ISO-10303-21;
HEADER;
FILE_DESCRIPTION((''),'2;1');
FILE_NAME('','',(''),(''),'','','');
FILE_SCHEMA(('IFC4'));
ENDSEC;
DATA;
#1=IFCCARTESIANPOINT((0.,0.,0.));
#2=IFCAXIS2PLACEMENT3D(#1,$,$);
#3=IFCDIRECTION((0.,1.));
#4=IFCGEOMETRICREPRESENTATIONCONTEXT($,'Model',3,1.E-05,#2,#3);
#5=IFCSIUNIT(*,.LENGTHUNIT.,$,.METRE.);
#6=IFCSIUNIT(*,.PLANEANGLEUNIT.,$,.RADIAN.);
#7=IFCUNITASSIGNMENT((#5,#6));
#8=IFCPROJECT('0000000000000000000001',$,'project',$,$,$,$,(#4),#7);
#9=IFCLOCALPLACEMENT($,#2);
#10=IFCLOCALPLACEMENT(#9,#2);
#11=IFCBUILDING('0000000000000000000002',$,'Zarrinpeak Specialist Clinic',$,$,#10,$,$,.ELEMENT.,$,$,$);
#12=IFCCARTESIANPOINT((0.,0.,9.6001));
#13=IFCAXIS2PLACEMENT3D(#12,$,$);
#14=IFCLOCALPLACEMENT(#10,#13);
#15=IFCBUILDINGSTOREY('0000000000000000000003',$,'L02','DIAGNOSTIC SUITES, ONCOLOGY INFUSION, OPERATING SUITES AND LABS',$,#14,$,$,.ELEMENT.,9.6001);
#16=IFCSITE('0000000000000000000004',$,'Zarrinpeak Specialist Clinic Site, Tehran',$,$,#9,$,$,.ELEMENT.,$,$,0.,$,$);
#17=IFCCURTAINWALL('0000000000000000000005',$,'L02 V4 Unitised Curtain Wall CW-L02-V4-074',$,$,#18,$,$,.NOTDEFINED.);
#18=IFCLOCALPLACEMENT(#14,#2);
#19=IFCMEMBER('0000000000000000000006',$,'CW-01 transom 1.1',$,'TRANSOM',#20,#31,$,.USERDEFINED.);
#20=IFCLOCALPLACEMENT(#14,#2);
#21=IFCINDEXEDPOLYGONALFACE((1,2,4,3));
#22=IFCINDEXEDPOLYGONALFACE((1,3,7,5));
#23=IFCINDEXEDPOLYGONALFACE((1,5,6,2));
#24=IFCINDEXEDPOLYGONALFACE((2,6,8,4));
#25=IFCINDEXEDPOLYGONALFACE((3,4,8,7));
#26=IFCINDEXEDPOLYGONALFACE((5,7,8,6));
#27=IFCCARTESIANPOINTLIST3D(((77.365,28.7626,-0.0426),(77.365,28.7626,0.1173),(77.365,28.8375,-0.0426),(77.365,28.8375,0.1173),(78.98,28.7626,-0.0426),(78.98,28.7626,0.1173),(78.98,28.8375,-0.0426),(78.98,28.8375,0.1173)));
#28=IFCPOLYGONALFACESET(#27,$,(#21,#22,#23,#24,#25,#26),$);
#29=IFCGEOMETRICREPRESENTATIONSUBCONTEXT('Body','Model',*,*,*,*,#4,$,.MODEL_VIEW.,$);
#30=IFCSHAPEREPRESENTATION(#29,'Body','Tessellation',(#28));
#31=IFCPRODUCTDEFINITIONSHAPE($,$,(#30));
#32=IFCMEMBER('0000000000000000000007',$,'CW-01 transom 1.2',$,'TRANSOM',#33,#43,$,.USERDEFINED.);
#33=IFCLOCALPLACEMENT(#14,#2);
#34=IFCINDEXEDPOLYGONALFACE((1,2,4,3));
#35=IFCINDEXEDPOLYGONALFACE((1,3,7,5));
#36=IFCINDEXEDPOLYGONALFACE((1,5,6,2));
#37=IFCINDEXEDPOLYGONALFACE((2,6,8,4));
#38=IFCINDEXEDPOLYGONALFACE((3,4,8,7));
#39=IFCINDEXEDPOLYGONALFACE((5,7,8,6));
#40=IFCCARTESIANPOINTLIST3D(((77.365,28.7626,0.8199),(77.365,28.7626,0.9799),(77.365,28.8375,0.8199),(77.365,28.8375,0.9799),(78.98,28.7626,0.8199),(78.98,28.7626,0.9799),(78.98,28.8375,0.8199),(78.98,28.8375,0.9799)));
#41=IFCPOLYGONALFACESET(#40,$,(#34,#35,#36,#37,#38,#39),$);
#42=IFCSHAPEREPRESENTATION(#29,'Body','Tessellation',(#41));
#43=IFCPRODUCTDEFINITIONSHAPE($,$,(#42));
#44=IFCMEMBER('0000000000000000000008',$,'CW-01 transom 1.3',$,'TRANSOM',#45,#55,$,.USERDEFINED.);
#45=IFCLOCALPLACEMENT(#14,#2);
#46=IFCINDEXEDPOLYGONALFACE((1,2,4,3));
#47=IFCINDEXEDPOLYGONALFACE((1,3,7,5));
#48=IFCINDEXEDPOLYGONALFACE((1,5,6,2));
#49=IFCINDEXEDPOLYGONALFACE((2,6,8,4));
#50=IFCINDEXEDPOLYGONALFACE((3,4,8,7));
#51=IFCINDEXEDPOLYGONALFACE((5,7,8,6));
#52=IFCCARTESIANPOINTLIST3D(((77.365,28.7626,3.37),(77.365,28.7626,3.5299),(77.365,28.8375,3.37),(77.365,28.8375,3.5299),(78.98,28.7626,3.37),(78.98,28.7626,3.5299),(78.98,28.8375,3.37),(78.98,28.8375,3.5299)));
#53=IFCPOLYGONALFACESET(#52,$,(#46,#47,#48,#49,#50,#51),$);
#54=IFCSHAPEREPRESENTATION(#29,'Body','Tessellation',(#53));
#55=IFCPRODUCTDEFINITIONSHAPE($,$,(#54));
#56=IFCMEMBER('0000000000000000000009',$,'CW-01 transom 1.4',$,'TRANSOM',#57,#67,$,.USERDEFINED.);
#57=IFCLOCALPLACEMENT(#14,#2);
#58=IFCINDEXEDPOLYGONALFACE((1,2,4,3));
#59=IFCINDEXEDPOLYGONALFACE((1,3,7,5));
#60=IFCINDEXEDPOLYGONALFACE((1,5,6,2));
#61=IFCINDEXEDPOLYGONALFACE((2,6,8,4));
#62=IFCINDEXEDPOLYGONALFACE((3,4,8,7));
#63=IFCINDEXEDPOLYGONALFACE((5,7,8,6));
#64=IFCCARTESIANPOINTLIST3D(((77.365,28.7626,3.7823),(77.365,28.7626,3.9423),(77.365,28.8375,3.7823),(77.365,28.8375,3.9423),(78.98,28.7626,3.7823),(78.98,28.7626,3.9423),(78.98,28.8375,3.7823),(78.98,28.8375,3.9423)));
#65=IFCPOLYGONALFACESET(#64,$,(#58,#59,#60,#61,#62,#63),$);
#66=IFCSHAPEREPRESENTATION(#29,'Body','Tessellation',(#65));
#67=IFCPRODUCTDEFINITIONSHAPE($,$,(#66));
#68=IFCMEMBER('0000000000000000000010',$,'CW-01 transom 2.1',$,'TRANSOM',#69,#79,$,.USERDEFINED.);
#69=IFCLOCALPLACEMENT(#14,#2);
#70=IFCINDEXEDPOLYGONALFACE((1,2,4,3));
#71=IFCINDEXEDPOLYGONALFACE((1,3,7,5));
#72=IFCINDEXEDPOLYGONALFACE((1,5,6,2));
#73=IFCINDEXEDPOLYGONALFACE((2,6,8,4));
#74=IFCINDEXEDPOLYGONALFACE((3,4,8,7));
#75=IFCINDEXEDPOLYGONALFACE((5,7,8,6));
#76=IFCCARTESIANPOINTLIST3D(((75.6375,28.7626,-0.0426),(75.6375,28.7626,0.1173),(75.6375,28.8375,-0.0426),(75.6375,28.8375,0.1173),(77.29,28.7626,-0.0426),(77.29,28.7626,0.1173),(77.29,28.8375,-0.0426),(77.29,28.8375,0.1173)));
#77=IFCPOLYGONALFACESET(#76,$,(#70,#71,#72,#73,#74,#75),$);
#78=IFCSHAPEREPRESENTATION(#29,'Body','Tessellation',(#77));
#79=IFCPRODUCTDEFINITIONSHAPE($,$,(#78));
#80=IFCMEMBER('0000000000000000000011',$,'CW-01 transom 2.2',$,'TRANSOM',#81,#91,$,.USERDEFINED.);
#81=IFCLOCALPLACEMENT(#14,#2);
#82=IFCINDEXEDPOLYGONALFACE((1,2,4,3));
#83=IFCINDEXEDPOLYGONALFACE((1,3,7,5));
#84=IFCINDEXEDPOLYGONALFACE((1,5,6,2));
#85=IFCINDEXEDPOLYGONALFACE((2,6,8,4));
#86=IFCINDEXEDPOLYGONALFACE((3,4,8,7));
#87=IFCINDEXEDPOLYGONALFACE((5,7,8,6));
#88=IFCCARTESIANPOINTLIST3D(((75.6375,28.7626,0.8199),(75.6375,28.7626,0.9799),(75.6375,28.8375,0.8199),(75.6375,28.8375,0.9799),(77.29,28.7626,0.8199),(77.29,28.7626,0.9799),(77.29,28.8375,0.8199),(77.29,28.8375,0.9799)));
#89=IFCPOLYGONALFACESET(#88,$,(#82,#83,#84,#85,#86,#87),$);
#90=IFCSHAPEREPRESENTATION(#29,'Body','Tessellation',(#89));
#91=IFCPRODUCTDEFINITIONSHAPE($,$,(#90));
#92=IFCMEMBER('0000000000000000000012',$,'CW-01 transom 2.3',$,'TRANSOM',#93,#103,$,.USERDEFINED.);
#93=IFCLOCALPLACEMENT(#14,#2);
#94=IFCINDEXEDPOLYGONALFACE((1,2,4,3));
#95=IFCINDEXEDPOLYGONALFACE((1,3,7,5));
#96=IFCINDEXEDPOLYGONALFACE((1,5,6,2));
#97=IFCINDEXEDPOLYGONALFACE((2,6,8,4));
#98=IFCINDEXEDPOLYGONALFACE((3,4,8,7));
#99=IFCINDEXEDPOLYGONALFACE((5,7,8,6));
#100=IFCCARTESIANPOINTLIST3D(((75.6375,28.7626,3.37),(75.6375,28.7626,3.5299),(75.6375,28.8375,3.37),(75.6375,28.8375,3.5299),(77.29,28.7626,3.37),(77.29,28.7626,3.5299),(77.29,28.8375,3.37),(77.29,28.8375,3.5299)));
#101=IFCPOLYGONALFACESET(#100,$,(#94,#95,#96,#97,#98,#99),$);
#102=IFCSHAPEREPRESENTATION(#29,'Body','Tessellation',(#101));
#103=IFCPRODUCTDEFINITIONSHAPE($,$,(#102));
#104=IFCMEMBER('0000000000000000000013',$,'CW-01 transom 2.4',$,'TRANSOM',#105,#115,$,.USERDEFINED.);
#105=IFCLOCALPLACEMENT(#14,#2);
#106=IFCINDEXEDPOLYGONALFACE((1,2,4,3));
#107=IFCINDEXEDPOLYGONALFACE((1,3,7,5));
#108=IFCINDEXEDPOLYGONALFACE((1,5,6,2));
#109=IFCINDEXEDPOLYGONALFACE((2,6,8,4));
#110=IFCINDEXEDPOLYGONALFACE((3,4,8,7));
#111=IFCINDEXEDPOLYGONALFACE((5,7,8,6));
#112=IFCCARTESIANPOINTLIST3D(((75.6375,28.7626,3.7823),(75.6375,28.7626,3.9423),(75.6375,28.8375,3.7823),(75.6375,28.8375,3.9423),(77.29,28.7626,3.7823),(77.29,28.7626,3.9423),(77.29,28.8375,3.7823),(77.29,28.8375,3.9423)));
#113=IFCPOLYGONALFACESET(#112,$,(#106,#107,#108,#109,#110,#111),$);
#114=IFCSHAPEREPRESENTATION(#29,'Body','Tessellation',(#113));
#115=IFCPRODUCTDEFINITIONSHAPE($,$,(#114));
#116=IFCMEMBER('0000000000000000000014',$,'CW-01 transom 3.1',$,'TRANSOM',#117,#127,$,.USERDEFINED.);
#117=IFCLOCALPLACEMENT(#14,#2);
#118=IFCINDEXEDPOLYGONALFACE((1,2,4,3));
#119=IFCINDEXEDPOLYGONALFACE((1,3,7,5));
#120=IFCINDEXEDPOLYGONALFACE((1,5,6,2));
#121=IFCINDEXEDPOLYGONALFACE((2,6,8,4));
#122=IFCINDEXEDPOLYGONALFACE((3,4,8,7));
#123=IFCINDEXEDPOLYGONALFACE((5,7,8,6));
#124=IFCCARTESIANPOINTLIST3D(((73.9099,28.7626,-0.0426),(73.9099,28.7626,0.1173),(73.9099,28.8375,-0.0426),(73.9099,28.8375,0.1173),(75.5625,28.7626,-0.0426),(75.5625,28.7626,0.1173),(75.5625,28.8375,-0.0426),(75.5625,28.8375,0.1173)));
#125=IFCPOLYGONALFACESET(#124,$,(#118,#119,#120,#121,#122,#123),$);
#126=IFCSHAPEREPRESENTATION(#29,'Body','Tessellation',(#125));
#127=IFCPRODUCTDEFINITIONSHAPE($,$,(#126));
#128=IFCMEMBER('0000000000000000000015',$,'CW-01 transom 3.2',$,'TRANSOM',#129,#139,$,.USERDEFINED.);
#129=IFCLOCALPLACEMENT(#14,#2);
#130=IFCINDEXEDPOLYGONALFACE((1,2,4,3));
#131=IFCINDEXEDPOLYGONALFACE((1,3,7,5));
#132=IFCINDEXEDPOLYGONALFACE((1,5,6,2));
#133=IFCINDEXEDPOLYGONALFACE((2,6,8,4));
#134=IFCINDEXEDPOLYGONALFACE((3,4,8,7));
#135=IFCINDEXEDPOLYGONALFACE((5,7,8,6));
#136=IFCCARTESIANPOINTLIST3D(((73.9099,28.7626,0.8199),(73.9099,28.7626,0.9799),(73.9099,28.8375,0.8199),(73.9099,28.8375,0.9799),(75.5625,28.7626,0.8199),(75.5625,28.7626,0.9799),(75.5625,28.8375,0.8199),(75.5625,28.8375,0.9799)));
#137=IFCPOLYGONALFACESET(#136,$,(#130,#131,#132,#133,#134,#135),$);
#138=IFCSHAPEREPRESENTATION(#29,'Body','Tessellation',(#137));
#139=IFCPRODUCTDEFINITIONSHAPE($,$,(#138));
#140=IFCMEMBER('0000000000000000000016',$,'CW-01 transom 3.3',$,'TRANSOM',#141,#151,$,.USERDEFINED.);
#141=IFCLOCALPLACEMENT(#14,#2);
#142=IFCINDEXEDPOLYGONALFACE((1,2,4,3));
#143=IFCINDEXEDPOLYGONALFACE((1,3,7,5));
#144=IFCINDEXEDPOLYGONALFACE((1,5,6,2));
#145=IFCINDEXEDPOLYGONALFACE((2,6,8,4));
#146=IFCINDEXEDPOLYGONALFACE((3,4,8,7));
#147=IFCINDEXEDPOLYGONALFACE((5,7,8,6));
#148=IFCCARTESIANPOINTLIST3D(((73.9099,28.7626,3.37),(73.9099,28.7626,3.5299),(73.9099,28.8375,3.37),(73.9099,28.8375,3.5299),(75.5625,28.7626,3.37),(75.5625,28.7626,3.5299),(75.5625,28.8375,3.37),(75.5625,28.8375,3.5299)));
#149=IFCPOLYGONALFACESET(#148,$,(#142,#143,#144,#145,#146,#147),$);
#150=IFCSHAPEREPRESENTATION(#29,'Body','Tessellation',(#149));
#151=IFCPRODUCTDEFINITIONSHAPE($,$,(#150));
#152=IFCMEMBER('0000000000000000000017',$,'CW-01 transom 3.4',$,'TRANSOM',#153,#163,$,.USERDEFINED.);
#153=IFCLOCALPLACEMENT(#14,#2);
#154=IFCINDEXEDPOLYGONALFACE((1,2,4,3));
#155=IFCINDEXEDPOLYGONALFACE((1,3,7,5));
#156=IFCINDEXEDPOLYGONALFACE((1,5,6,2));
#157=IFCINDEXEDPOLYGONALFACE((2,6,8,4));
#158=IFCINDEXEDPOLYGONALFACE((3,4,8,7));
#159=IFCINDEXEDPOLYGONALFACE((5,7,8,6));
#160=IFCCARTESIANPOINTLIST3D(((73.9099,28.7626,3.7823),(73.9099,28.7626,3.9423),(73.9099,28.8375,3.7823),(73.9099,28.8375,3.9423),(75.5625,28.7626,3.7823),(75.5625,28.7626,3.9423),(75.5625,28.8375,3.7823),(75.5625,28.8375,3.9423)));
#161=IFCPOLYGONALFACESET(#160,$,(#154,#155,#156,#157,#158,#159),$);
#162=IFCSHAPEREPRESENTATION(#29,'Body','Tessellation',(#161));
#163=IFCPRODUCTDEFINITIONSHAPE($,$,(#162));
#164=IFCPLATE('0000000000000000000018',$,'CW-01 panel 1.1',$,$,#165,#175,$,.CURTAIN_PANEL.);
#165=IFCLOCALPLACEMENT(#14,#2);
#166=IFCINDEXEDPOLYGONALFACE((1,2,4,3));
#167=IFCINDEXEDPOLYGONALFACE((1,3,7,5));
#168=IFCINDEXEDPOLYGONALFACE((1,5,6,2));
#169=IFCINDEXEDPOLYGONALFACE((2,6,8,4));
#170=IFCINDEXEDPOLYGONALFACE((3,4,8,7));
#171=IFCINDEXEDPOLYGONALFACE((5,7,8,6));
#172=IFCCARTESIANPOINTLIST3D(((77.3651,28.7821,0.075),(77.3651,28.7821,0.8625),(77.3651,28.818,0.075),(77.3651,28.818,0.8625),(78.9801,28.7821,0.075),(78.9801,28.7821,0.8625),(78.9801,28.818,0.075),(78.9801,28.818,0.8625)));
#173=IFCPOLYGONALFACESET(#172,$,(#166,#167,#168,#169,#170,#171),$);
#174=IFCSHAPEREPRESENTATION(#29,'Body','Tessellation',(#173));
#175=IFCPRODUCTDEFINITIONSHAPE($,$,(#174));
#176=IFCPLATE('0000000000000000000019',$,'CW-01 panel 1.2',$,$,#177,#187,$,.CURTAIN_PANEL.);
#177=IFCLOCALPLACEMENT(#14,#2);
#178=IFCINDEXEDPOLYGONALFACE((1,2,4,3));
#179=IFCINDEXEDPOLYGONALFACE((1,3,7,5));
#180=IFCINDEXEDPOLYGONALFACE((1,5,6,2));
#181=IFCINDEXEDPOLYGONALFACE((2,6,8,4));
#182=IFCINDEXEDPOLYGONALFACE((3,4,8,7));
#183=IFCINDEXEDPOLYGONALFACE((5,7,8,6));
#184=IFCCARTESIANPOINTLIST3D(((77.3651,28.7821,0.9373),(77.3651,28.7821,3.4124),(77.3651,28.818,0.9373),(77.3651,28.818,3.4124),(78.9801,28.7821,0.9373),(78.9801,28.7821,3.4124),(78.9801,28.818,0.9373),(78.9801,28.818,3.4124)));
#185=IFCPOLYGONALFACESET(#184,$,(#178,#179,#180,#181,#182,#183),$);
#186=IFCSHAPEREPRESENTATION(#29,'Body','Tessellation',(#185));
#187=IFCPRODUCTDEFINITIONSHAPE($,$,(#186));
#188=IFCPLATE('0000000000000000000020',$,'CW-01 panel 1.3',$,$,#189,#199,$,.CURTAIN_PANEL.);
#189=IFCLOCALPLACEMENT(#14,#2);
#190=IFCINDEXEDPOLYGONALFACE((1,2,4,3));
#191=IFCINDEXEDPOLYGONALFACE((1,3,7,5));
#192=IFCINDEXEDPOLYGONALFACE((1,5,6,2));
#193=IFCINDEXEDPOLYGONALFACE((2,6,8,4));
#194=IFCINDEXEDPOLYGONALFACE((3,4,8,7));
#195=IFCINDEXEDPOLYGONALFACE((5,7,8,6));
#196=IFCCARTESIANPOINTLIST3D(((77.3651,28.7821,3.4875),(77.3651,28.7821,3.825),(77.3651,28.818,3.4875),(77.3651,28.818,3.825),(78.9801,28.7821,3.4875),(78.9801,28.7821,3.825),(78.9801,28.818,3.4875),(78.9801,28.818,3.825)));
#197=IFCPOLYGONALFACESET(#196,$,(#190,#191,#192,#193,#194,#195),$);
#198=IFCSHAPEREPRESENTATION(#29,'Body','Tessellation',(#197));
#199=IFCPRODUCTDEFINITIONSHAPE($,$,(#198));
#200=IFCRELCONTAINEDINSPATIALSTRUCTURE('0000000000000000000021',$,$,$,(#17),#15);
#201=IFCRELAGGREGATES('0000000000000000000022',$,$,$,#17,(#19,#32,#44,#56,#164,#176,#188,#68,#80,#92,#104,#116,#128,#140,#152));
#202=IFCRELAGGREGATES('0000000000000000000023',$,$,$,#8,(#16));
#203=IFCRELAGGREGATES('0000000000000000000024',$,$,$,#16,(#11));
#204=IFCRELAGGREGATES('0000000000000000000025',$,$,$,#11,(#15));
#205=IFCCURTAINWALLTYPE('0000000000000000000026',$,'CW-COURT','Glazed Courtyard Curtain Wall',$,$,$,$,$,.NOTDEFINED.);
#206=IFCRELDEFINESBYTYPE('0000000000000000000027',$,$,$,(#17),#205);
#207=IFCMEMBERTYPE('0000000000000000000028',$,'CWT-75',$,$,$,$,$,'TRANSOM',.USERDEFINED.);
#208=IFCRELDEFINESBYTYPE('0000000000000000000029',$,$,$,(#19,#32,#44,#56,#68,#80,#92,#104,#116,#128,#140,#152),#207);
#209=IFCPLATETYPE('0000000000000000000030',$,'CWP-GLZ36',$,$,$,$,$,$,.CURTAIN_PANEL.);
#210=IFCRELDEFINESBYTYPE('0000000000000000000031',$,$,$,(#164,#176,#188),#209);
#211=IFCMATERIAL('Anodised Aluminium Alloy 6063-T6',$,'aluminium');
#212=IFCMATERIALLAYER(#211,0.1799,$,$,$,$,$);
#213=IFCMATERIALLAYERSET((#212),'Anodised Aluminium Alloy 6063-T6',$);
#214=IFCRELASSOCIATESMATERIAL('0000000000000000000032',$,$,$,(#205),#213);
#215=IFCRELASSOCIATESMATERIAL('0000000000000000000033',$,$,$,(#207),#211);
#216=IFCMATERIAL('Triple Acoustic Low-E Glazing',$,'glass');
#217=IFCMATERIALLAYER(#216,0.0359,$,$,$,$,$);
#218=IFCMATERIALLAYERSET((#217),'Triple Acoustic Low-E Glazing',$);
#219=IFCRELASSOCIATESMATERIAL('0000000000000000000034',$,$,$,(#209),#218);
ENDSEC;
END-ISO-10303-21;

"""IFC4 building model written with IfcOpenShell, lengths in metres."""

from ifc_helpers import new_model, si_unit, direction, frame, origin, origin_2d, place, context, subcontext, project, spatial, rectangle, extrude, material, layer, layer_set, material_profile, profile_set, type_object, element, aggregate, save


model = new_model("IFC4")

# Units and contexts
model_context = context("Model", 3, precision=1e-05, world=origin(), true_north=direction((0.0, 1.0)))
body_context = subcontext(model_context, "Body", "Model", "MODEL_VIEW")
ifc_project = project(units=[si_unit("LENGTHUNIT", "METRE"), si_unit("PLANEANGLEUNIT", "RADIAN")], contexts=[model_context])

# Site, building, storey
site_placement = place(None, origin())
site = spatial("IfcSite", under=ifc_project, at=site_placement, Name="Zarrinpeak Specialist Clinic Site, Tehran", CompositionType="ELEMENT", RefElevation=0.0)
building_placement = place(site_placement, origin())
building = spatial("IfcBuilding", under=site, at=building_placement, Name="Zarrinpeak Specialist Clinic", CompositionType="ELEMENT")
storey_placement = place(building_placement, frame((0.0, 0.0, 9.6001)))
storey = spatial("IfcBuildingStorey", under=building, at=storey_placement, Name="L02", Description="DIAGNOSTIC SUITES, ONCOLOGY INFUSION, OPERATING SUITES AND LABS", CompositionType="ELEMENT", Elevation=9.6001)

# Curtain wall, members, plates
ifc_material_1 = material(Name="Anodised Aluminium Alloy 6063-T6", Category="aluminium")
ifc_layer_1 = layer(ifc_material_1, 0.1799)
ifc_layer_set_1 = layer_set([ifc_layer_1], Name="Anodised Aluminium Alloy 6063-T6")
curtain_wall_type = type_object("IfcCurtainWallType", Name="CW-COURT", Description="Glazed Courtyard Curtain Wall", PredefinedType="NOTDEFINED", material=ifc_layer_set_1)
curtain_wall_placement = place(storey_placement, origin())
curtain_wall = element("IfcCurtainWall", 1, at=curtain_wall_placement, inside=storey, type_object=curtain_wall_type, Name="L02 V4 Unitised Curtain Wall CW-L02-V4-074", PredefinedType="NOTDEFINED")
ifc_material_profile_1 = material_profile(ifc_material_1, rectangle(XDim=0.075, YDim=0.1599, at=origin_2d()), Name="ALU 75x160")
ifc_profile_set_1 = profile_set([ifc_material_profile_1], Name="Anodised Aluminium Alloy 6063-T6")
member_type_1 = type_object("IfcMemberType", Name="CWT-75", ElementType="TRANSOM", PredefinedType="USERDEFINED", material=ifc_profile_set_1)
member_1_placement = place(storey_placement, frame((78.98, 28.8, 0.0374), z_axis=(-1.0, 0.0, 0.0), x_axis=(0.0, -1.0, 0.0)))
member_1 = element("IfcMember", 2, at=member_1_placement, type_object=member_type_1, Name="CW-01 transom 1.1", ObjectType="TRANSOM", PredefinedType="USERDEFINED", context=body_context, shape_type="SweptSolid", body=[
    extrude(rectangle(XDim=0.075, YDim=0.1599, at=origin_2d()), origin(), (0.0, 0.0, 1.0), 1.615),
])
member_2_placement = place(storey_placement, frame((78.98, 28.8, 0.8999), z_axis=(-1.0, 0.0, 0.0), x_axis=(0.0, -1.0, 0.0)))
member_2 = element("IfcMember", 3, at=member_2_placement, type_object=member_type_1, Name="CW-01 transom 1.2", ObjectType="TRANSOM", PredefinedType="USERDEFINED", context=body_context, shape_type="SweptSolid", body=[
    extrude(rectangle(XDim=0.075, YDim=0.1599, at=origin_2d()), origin(), (0.0, 0.0, 1.0), 1.615),
])
member_3_placement = place(storey_placement, frame((78.98, 28.8, 3.45), z_axis=(-1.0, 0.0, 0.0), x_axis=(0.0, -1.0, 0.0)))
member_3 = element("IfcMember", 4, at=member_3_placement, type_object=member_type_1, Name="CW-01 transom 1.3", ObjectType="TRANSOM", PredefinedType="USERDEFINED", context=body_context, shape_type="SweptSolid", body=[
    extrude(rectangle(XDim=0.075, YDim=0.1599, at=origin_2d()), origin(), (0.0, 0.0, 1.0), 1.615),
])
member_4_placement = place(storey_placement, frame((78.98, 28.8, 3.8623), z_axis=(-1.0, 0.0, 0.0), x_axis=(0.0, -1.0, 0.0)))
member_4 = element("IfcMember", 5, at=member_4_placement, type_object=member_type_1, Name="CW-01 transom 1.4", ObjectType="TRANSOM", PredefinedType="USERDEFINED", context=body_context, shape_type="SweptSolid", body=[
    extrude(rectangle(XDim=0.075, YDim=0.1599, at=origin_2d()), origin(), (0.0, 0.0, 1.0), 1.615),
])
member_5_placement = place(storey_placement, frame((77.29, 28.8, 0.0374), z_axis=(-1.0, 0.0, 0.0), x_axis=(0.0, -1.0, 0.0)))
member_5 = element("IfcMember", 6, at=member_5_placement, type_object=member_type_1, Name="CW-01 transom 2.1", ObjectType="TRANSOM", PredefinedType="USERDEFINED", context=body_context, shape_type="SweptSolid", body=[
    extrude(rectangle(XDim=0.075, YDim=0.1599, at=origin_2d()), origin(), (0.0, 0.0, 1.0), 1.6526),
])
member_6_placement = place(storey_placement, frame((77.29, 28.8, 0.8999), z_axis=(-1.0, 0.0, 0.0), x_axis=(0.0, -1.0, 0.0)))
member_6 = element("IfcMember", 7, at=member_6_placement, type_object=member_type_1, Name="CW-01 transom 2.2", ObjectType="TRANSOM", PredefinedType="USERDEFINED", context=body_context, shape_type="SweptSolid", body=[
    extrude(rectangle(XDim=0.075, YDim=0.1599, at=origin_2d()), origin(), (0.0, 0.0, 1.0), 1.6526),
])
member_7_placement = place(storey_placement, frame((77.29, 28.8, 3.45), z_axis=(-1.0, 0.0, 0.0), x_axis=(0.0, -1.0, 0.0)))
member_7 = element("IfcMember", 8, at=member_7_placement, type_object=member_type_1, Name="CW-01 transom 2.3", ObjectType="TRANSOM", PredefinedType="USERDEFINED", context=body_context, shape_type="SweptSolid", body=[
    extrude(rectangle(XDim=0.075, YDim=0.1599, at=origin_2d()), origin(), (0.0, 0.0, 1.0), 1.6526),
])
member_8_placement = place(storey_placement, frame((77.29, 28.8, 3.8623), z_axis=(-1.0, 0.0, 0.0), x_axis=(0.0, -1.0, 0.0)))
member_8 = element("IfcMember", 9, at=member_8_placement, type_object=member_type_1, Name="CW-01 transom 2.4", ObjectType="TRANSOM", PredefinedType="USERDEFINED", context=body_context, shape_type="SweptSolid", body=[
    extrude(rectangle(XDim=0.075, YDim=0.1599, at=origin_2d()), origin(), (0.0, 0.0, 1.0), 1.6526),
])
member_9_placement = place(storey_placement, frame((75.5625, 28.8, 0.0374), z_axis=(-1.0, 0.0, 0.0), x_axis=(0.0, -1.0, 0.0)))
member_9 = element("IfcMember", 10, at=member_9_placement, type_object=member_type_1, Name="CW-01 transom 3.1", ObjectType="TRANSOM", PredefinedType="USERDEFINED", context=body_context, shape_type="SweptSolid", body=[
    extrude(rectangle(XDim=0.075, YDim=0.1599, at=origin_2d()), origin(), (0.0, 0.0, 1.0), 1.6526),
])
member_10_placement = place(storey_placement, frame((75.5625, 28.8, 0.8999), z_axis=(-1.0, 0.0, 0.0), x_axis=(0.0, -1.0, 0.0)))
member_10 = element("IfcMember", 11, at=member_10_placement, type_object=member_type_1, Name="CW-01 transom 3.2", ObjectType="TRANSOM", PredefinedType="USERDEFINED", context=body_context, shape_type="SweptSolid", body=[
    extrude(rectangle(XDim=0.075, YDim=0.1599, at=origin_2d()), origin(), (0.0, 0.0, 1.0), 1.6526),
])
member_11_placement = place(storey_placement, frame((75.5625, 28.8, 3.45), z_axis=(-1.0, 0.0, 0.0), x_axis=(0.0, -1.0, 0.0)))
member_11 = element("IfcMember", 12, at=member_11_placement, type_object=member_type_1, Name="CW-01 transom 3.3", ObjectType="TRANSOM", PredefinedType="USERDEFINED", context=body_context, shape_type="SweptSolid", body=[
    extrude(rectangle(XDim=0.075, YDim=0.1599, at=origin_2d()), origin(), (0.0, 0.0, 1.0), 1.6526),
])
member_12_placement = place(storey_placement, frame((75.5625, 28.8, 3.8623), z_axis=(-1.0, 0.0, 0.0), x_axis=(0.0, -1.0, 0.0)))
member_12 = element("IfcMember", 13, at=member_12_placement, type_object=member_type_1, Name="CW-01 transom 3.4", ObjectType="TRANSOM", PredefinedType="USERDEFINED", context=body_context, shape_type="SweptSolid", body=[
    extrude(rectangle(XDim=0.075, YDim=0.1599, at=origin_2d()), origin(), (0.0, 0.0, 1.0), 1.6526),
])
ifc_material_2 = material(Name="Triple Acoustic Low-E Glazing", Category="glass")
ifc_layer_2 = layer(ifc_material_2, 0.0359)
ifc_layer_set_2 = layer_set([ifc_layer_2], Name="Triple Acoustic Low-E Glazing")
plate_type = type_object("IfcPlateType", Name="CWP-GLZ36", PredefinedType="CURTAIN_PANEL", material=ifc_layer_set_2)
plate_1_placement = place(storey_placement, frame((78.1726, 28.8, 0.075), z_axis=(0.0, 0.0, 1.0), x_axis=(-1.0, 0.0, 0.0)))
plate_1 = element("IfcPlate", 14, at=plate_1_placement, type_object=plate_type, Name="CW-01 panel 1.1", PredefinedType="CURTAIN_PANEL", context=body_context, shape_type="SweptSolid", body=[
    extrude(rectangle(XDim=1.615, YDim=0.0359, at=origin_2d()), origin(), (0.0, 0.0, 1.0), 0.7876),
])
plate_2_placement = place(storey_placement, frame((78.1726, 28.8, 0.9373), z_axis=(0.0, 0.0, 1.0), x_axis=(-1.0, 0.0, 0.0)))
plate_2 = element("IfcPlate", 15, at=plate_2_placement, type_object=plate_type, Name="CW-01 panel 1.2", PredefinedType="CURTAIN_PANEL", context=body_context, shape_type="SweptSolid", body=[
    extrude(rectangle(XDim=1.615, YDim=0.0359, at=origin_2d()), origin(), (0.0, 0.0, 1.0), 2.4751),
])
plate_3_placement = place(storey_placement, frame((78.1726, 28.8, 3.4875), z_axis=(0.0, 0.0, 1.0), x_axis=(-1.0, 0.0, 0.0)))
plate_3 = element("IfcPlate", 16, at=plate_3_placement, type_object=plate_type, Name="CW-01 panel 1.3", PredefinedType="CURTAIN_PANEL", context=body_context, shape_type="SweptSolid", body=[
    extrude(rectangle(XDim=1.615, YDim=0.0359, at=origin_2d()), origin(), (0.0, 0.0, 1.0), 0.3374),
])
aggregate(curtain_wall, [member_1, member_2, member_3, member_4, plate_1, plate_2, plate_3, member_5, member_6, member_7, member_8, member_9, member_10, member_11, member_12])

save(model, "model.ifc")
